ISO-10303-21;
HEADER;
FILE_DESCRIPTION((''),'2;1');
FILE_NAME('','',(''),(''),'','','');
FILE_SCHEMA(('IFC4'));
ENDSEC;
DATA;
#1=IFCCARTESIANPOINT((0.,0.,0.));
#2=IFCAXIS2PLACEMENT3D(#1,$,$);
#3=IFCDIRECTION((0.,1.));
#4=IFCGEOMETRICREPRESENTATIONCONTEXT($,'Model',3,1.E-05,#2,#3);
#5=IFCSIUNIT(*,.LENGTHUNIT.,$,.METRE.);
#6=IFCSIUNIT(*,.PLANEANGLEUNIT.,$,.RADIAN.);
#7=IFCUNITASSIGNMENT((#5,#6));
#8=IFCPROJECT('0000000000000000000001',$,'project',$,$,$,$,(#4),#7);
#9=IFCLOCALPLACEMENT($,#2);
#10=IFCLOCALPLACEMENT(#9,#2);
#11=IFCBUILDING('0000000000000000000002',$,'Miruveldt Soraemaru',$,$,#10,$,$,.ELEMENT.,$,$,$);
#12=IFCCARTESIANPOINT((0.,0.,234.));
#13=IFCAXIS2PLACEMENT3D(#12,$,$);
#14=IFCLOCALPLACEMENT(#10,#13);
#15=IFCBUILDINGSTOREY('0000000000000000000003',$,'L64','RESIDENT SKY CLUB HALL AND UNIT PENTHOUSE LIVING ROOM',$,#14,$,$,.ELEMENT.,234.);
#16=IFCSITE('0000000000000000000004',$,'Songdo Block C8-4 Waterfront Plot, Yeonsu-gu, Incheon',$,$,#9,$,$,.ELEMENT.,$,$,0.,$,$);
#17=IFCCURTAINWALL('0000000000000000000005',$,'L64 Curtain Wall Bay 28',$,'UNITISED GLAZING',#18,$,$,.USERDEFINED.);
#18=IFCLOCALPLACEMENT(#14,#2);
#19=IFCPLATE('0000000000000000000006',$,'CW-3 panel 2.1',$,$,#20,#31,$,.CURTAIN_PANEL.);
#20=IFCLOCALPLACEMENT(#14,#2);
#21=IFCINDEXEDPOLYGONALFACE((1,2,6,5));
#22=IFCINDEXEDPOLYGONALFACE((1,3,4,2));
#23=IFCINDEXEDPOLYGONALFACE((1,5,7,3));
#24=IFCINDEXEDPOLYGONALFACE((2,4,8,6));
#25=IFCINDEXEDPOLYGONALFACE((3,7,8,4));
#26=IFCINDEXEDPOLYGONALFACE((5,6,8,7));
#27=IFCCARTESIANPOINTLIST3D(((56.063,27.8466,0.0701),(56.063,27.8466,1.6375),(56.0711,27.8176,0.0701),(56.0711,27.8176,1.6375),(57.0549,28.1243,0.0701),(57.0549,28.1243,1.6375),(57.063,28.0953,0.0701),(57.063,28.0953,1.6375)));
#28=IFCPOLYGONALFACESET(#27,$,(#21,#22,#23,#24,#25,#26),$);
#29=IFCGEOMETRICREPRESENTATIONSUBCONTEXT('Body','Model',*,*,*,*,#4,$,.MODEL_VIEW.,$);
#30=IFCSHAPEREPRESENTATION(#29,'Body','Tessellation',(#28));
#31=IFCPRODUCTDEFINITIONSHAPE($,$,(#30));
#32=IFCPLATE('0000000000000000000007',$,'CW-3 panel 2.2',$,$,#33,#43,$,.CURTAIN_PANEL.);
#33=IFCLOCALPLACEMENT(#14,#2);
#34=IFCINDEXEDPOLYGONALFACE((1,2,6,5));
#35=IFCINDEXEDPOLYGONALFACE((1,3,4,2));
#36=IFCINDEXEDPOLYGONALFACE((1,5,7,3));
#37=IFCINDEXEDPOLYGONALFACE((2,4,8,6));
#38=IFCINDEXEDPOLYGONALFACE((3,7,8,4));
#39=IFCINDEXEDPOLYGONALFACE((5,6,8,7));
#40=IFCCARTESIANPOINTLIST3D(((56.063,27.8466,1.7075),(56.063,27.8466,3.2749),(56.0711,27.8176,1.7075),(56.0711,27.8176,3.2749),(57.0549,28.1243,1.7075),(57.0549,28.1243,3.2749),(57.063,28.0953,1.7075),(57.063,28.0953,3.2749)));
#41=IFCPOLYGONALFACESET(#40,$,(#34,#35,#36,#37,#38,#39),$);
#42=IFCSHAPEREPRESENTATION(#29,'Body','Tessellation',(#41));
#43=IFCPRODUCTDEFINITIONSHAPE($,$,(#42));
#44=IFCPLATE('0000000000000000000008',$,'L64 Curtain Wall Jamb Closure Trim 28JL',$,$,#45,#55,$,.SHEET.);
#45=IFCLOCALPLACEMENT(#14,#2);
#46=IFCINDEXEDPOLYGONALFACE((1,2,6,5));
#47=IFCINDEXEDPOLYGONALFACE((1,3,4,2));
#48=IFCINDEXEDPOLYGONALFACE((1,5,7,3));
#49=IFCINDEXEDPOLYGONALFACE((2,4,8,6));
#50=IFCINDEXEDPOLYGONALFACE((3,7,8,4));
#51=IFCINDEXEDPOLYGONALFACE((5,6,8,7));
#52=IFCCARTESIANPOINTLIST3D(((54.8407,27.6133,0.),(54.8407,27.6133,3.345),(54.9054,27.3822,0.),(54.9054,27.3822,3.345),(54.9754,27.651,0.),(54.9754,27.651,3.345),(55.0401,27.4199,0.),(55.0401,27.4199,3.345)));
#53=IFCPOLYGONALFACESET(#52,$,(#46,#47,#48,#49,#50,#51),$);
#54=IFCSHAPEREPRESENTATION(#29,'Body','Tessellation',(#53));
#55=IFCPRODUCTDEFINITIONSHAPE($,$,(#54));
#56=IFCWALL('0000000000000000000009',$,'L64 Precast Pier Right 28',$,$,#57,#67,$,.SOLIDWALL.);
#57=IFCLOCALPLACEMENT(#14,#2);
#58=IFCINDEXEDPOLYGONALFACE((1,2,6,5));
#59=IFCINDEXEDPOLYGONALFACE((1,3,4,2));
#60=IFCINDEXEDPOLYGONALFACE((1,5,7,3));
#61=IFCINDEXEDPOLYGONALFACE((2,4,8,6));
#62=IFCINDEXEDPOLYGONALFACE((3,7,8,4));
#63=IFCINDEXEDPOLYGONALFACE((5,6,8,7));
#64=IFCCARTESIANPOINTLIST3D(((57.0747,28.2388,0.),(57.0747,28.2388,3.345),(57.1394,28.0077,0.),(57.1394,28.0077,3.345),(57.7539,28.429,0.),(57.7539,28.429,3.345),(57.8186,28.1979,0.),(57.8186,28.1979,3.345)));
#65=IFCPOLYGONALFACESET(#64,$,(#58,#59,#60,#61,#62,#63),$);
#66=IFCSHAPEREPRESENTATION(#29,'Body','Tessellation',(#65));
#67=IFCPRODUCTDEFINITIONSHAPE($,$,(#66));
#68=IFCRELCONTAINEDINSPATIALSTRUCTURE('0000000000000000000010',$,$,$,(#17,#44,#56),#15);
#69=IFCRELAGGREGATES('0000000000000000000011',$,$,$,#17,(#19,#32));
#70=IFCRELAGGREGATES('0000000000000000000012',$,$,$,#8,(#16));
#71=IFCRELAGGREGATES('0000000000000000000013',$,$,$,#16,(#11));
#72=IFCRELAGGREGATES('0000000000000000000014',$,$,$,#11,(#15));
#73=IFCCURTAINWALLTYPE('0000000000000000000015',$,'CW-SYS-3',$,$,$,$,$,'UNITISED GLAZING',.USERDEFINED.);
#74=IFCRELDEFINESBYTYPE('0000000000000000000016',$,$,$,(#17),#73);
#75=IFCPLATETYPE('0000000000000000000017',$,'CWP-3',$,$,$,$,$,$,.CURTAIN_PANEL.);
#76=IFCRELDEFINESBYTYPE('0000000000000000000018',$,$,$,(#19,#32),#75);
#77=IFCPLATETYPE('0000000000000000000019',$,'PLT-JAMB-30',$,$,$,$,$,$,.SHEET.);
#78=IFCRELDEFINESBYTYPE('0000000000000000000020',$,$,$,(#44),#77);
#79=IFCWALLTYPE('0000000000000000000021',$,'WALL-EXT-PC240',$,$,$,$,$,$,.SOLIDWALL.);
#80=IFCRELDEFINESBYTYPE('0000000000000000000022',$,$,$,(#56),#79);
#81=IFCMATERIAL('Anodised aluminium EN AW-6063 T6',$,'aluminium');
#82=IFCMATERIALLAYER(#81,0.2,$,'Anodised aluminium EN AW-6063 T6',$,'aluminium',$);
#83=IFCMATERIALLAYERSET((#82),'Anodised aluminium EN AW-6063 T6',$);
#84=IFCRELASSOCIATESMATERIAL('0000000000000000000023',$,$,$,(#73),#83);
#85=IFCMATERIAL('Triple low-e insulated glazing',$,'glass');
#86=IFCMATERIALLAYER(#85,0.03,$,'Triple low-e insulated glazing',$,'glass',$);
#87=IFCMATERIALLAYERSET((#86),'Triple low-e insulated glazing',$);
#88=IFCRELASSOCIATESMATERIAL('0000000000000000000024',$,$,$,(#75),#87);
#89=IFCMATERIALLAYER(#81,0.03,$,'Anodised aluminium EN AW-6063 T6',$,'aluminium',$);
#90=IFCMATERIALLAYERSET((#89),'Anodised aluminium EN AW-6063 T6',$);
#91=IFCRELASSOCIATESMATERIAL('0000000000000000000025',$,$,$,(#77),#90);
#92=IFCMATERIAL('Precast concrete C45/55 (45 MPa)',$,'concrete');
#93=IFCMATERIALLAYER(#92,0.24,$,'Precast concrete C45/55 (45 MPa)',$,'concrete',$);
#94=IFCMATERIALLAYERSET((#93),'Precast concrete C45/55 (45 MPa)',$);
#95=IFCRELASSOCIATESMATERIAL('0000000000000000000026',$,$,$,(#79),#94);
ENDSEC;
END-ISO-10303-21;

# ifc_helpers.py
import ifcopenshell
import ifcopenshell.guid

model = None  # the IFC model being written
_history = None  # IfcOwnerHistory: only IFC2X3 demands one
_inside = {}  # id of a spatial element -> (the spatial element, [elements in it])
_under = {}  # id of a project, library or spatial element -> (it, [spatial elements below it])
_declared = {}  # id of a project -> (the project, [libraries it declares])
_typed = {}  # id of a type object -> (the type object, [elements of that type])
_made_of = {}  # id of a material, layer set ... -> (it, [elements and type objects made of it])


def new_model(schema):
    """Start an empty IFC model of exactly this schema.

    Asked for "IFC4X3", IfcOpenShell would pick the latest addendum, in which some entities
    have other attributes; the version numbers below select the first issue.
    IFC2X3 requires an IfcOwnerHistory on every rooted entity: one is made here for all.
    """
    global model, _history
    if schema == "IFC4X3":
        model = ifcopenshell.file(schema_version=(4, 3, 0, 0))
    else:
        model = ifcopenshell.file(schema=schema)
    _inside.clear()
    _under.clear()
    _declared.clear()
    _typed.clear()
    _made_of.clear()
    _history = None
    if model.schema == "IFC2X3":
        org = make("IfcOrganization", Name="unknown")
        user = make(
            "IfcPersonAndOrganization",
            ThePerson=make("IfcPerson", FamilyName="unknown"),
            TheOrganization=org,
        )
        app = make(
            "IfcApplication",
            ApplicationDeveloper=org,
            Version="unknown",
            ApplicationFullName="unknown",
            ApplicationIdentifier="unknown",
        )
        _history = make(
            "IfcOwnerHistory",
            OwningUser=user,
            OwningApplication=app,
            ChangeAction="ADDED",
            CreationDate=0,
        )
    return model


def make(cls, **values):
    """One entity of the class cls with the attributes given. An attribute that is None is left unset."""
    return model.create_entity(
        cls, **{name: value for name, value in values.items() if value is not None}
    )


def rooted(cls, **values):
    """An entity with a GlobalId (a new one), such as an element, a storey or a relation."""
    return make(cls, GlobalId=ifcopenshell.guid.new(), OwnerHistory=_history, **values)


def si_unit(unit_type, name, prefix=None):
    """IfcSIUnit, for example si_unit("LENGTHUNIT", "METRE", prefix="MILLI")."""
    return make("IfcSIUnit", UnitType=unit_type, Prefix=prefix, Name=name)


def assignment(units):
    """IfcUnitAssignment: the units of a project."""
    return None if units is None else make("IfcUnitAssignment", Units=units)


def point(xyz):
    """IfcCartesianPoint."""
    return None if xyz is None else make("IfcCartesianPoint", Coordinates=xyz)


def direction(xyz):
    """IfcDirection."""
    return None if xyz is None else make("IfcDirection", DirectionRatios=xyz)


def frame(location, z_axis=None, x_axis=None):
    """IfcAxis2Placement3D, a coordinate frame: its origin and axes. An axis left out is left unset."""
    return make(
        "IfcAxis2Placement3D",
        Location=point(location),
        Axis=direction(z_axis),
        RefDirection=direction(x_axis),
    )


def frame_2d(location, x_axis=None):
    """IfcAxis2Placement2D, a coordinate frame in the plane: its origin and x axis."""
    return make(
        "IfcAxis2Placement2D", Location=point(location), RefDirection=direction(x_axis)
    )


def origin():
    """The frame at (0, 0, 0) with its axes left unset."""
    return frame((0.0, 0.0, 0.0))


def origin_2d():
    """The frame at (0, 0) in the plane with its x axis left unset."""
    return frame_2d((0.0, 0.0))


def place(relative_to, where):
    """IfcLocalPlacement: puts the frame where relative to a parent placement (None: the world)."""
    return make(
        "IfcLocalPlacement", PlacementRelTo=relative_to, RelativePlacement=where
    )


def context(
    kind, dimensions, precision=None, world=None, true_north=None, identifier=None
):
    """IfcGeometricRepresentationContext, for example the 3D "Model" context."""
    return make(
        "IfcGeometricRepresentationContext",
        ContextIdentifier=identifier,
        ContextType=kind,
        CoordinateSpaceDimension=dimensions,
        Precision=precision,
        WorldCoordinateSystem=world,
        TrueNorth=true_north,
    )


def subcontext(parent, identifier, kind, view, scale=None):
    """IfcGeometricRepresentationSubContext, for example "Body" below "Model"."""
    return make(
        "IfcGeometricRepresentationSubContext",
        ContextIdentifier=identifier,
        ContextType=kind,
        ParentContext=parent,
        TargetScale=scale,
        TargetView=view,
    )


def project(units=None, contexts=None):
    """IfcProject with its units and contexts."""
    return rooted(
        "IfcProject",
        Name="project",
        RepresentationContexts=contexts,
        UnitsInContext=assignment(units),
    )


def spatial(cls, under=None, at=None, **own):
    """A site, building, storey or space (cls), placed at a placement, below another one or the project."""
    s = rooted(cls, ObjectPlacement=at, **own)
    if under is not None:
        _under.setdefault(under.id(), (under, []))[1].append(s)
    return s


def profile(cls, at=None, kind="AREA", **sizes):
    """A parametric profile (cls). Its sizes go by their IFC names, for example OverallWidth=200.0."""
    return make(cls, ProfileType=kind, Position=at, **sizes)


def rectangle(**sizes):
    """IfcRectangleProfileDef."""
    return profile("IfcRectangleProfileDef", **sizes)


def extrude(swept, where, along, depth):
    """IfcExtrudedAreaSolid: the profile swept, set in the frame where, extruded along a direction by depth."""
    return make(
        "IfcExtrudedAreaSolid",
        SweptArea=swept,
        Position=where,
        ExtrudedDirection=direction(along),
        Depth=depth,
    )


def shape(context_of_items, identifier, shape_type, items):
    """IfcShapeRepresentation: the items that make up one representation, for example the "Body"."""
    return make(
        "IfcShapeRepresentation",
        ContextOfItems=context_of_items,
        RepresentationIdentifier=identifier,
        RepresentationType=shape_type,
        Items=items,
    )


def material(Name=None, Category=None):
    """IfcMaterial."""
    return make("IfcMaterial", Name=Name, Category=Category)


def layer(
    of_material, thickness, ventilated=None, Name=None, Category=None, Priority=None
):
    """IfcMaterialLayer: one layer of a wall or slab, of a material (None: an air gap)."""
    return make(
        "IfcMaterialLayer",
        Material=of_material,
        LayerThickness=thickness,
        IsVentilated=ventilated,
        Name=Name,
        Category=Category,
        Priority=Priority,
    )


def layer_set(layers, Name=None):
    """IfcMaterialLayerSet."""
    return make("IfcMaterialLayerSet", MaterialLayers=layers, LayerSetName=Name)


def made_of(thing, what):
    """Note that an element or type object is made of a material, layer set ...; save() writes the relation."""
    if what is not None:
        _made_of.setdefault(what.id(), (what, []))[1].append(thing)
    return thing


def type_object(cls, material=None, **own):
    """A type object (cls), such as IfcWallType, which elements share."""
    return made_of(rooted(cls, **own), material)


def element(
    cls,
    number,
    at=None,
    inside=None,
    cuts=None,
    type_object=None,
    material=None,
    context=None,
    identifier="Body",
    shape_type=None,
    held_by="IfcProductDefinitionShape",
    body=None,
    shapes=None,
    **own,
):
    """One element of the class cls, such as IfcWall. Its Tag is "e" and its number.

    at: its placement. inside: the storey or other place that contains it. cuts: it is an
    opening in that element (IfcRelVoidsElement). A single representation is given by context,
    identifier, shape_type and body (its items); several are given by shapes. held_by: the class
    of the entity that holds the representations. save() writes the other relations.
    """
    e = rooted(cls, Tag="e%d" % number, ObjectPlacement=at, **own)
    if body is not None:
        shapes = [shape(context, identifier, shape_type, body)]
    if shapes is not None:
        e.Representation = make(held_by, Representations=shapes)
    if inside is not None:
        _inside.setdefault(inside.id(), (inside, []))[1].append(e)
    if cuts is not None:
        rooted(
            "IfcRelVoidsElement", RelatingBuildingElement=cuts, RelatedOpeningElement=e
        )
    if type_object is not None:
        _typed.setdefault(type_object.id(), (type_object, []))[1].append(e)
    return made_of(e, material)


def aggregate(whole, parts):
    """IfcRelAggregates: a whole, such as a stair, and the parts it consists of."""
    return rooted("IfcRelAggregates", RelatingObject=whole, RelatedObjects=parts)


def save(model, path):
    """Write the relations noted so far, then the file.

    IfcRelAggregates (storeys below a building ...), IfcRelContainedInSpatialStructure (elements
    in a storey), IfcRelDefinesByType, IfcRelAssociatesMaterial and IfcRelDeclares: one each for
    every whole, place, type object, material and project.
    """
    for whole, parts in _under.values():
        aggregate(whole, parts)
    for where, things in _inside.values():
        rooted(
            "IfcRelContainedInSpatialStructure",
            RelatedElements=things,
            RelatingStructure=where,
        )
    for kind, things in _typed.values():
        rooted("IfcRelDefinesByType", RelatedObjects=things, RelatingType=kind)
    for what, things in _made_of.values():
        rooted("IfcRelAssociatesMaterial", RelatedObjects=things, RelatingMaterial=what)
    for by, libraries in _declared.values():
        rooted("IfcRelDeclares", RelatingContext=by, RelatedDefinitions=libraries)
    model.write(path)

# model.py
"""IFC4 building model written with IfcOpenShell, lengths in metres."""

from ifc_helpers import new_model, si_unit, direction, frame, frame_2d, origin, origin_2d, place, context, subcontext, project, spatial, rectangle, extrude, material, layer, layer_set, type_object, element, aggregate, save


model = new_model("IFC4")

# Units and contexts
model_context = context("Model", 3, precision=1e-05, world=origin(), true_north=direction((0.0, 1.0)))
body_context = subcontext(model_context, "Body", "Model", "MODEL_VIEW")
ifc_project = project(units=[si_unit("LENGTHUNIT", "METRE"), si_unit("PLANEANGLEUNIT", "RADIAN")], contexts=[model_context])

# Site, building, storey
site_placement = place(None, origin())
site = spatial("IfcSite", under=ifc_project, at=site_placement, Name="Songdo Block C8-4 Waterfront Plot, Yeonsu-gu, Incheon", CompositionType="ELEMENT", RefElevation=0.0)
building_placement = place(site_placement, origin())
building = spatial("IfcBuilding", under=site, at=building_placement, Name="Miruveldt Soraemaru", CompositionType="ELEMENT")
storey_placement = place(building_placement, frame((0.0, 0.0, 234.0)))
storey = spatial("IfcBuildingStorey", under=building, at=storey_placement, Name="L64", Description="RESIDENT SKY CLUB HALL AND UNIT PENTHOUSE LIVING ROOM", CompositionType="ELEMENT", Elevation=234.0)

# Curtain wall, plates
ifc_material_1 = material(Name="Anodised aluminium EN AW-6063 T6", Category="aluminium")
ifc_layer_1 = layer(ifc_material_1, 0.2, Name="Anodised aluminium EN AW-6063 T6", Category="aluminium")
ifc_layer_set_1 = layer_set([ifc_layer_1], Name="Anodised aluminium EN AW-6063 T6")
curtain_wall_type = type_object("IfcCurtainWallType", Name="CW-SYS-3", ElementType="UNITISED GLAZING", PredefinedType="USERDEFINED", material=ifc_layer_set_1)
curtain_wall_placement = place(storey_placement, origin())
curtain_wall = element("IfcCurtainWall", 1, at=curtain_wall_placement, inside=storey, type_object=curtain_wall_type, Name="L64 Curtain Wall Bay 28", ObjectType="UNITISED GLAZING", PredefinedType="USERDEFINED")
ifc_material_2 = material(Name="Triple low-e insulated glazing", Category="glass")
ifc_layer_2 = layer(ifc_material_2, 0.03, Name="Triple low-e insulated glazing", Category="glass")
ifc_layer_set_2 = layer_set([ifc_layer_2], Name="Triple low-e insulated glazing")
plate_type_1 = type_object("IfcPlateType", Name="CWP-3", PredefinedType="CURTAIN_PANEL", material=ifc_layer_set_2)
plate_1_placement = place(storey_placement, frame((56.563, 27.9709, 0.0701), z_axis=(0.0, 0.0, 1.0), x_axis=(0.962973, 0.269597, 0.0)))
plate_1 = element("IfcPlate", 2, at=plate_1_placement, type_object=plate_type_1, Name="CW-3 panel 2.1", PredefinedType="CURTAIN_PANEL", context=body_context, shape_type="SweptSolid", body=[
    extrude(rectangle(XDim=1.03, YDim=0.03, at=origin_2d()), origin(), (0.0, 0.0, 1.0), 1.5674),
])
plate_2_placement = place(storey_placement, frame((56.563, 27.9709, 1.7075), z_axis=(0.0, 0.0, 1.0), x_axis=(0.962973, 0.269597, 0.0)))
plate_2 = element("IfcPlate", 3, at=plate_2_placement, type_object=plate_type_1, Name="CW-3 panel 2.2", PredefinedType="CURTAIN_PANEL", context=body_context, shape_type="SweptSolid", body=[
    extrude(rectangle(XDim=1.03, YDim=0.03, at=origin_2d()), origin(), (0.0, 0.0, 1.0), 1.5674),
])
aggregate(curtain_wall, [plate_1, plate_2])

# Plate
ifc_layer_3 = layer(ifc_material_1, 0.03, Name="Anodised aluminium EN AW-6063 T6", Category="aluminium")
ifc_layer_set_3 = layer_set([ifc_layer_3], Name="Anodised aluminium EN AW-6063 T6")
plate_type_2 = type_object("IfcPlateType", Name="PLT-JAMB-30", PredefinedType="SHEET", material=ifc_layer_set_3)
plate_3_placement = place(storey_placement, frame((54.9404, 27.5166, 0.0), z_axis=(0.0, 0.0, 1.0), x_axis=(0.962965, 0.269626, 0.0)))
element("IfcPlate", 4, at=plate_3_placement, inside=storey, type_object=plate_type_2, Name="L64 Curtain Wall Jamb Closure Trim 28JL", PredefinedType="SHEET", context=body_context, shape_type="SweptSolid", body=[
    extrude(rectangle(XDim=0.1399, YDim=0.24, at=origin_2d()), origin(), (0.0, 0.0, 1.0), 3.345),
])

# Wall
ifc_material_3 = material(Name="Precast concrete C45/55 (45 MPa)", Category="concrete")
ifc_layer_4 = layer(ifc_material_3, 0.24, Name="Precast concrete C45/55 (45 MPa)", Category="concrete")
ifc_layer_set_4 = layer_set([ifc_layer_4], Name="Precast concrete C45/55 (45 MPa)")
wall_type = type_object("IfcWallType", Name="WALL-EXT-PC240", PredefinedType="SOLIDWALL", material=ifc_layer_set_4)
wall_placement = place(storey_placement, frame((57.1072, 28.1233, 0.0), z_axis=(0.0, 0.0, 1.0), x_axis=(0.96296, 0.269643, 0.0)))
element("IfcWall", 5, at=wall_placement, inside=storey, type_object=wall_type, Name="L64 Precast Pier Right 28", PredefinedType="SOLIDWALL", context=body_context, shape_type="SweptSolid", body=[
    extrude(rectangle(XDim=0.7053, YDim=0.24, at=frame_2d((0.3525, 0.0))), origin(), (0.0, 0.0, 1.0), 3.345),
])

save(model, "model.ifc")
